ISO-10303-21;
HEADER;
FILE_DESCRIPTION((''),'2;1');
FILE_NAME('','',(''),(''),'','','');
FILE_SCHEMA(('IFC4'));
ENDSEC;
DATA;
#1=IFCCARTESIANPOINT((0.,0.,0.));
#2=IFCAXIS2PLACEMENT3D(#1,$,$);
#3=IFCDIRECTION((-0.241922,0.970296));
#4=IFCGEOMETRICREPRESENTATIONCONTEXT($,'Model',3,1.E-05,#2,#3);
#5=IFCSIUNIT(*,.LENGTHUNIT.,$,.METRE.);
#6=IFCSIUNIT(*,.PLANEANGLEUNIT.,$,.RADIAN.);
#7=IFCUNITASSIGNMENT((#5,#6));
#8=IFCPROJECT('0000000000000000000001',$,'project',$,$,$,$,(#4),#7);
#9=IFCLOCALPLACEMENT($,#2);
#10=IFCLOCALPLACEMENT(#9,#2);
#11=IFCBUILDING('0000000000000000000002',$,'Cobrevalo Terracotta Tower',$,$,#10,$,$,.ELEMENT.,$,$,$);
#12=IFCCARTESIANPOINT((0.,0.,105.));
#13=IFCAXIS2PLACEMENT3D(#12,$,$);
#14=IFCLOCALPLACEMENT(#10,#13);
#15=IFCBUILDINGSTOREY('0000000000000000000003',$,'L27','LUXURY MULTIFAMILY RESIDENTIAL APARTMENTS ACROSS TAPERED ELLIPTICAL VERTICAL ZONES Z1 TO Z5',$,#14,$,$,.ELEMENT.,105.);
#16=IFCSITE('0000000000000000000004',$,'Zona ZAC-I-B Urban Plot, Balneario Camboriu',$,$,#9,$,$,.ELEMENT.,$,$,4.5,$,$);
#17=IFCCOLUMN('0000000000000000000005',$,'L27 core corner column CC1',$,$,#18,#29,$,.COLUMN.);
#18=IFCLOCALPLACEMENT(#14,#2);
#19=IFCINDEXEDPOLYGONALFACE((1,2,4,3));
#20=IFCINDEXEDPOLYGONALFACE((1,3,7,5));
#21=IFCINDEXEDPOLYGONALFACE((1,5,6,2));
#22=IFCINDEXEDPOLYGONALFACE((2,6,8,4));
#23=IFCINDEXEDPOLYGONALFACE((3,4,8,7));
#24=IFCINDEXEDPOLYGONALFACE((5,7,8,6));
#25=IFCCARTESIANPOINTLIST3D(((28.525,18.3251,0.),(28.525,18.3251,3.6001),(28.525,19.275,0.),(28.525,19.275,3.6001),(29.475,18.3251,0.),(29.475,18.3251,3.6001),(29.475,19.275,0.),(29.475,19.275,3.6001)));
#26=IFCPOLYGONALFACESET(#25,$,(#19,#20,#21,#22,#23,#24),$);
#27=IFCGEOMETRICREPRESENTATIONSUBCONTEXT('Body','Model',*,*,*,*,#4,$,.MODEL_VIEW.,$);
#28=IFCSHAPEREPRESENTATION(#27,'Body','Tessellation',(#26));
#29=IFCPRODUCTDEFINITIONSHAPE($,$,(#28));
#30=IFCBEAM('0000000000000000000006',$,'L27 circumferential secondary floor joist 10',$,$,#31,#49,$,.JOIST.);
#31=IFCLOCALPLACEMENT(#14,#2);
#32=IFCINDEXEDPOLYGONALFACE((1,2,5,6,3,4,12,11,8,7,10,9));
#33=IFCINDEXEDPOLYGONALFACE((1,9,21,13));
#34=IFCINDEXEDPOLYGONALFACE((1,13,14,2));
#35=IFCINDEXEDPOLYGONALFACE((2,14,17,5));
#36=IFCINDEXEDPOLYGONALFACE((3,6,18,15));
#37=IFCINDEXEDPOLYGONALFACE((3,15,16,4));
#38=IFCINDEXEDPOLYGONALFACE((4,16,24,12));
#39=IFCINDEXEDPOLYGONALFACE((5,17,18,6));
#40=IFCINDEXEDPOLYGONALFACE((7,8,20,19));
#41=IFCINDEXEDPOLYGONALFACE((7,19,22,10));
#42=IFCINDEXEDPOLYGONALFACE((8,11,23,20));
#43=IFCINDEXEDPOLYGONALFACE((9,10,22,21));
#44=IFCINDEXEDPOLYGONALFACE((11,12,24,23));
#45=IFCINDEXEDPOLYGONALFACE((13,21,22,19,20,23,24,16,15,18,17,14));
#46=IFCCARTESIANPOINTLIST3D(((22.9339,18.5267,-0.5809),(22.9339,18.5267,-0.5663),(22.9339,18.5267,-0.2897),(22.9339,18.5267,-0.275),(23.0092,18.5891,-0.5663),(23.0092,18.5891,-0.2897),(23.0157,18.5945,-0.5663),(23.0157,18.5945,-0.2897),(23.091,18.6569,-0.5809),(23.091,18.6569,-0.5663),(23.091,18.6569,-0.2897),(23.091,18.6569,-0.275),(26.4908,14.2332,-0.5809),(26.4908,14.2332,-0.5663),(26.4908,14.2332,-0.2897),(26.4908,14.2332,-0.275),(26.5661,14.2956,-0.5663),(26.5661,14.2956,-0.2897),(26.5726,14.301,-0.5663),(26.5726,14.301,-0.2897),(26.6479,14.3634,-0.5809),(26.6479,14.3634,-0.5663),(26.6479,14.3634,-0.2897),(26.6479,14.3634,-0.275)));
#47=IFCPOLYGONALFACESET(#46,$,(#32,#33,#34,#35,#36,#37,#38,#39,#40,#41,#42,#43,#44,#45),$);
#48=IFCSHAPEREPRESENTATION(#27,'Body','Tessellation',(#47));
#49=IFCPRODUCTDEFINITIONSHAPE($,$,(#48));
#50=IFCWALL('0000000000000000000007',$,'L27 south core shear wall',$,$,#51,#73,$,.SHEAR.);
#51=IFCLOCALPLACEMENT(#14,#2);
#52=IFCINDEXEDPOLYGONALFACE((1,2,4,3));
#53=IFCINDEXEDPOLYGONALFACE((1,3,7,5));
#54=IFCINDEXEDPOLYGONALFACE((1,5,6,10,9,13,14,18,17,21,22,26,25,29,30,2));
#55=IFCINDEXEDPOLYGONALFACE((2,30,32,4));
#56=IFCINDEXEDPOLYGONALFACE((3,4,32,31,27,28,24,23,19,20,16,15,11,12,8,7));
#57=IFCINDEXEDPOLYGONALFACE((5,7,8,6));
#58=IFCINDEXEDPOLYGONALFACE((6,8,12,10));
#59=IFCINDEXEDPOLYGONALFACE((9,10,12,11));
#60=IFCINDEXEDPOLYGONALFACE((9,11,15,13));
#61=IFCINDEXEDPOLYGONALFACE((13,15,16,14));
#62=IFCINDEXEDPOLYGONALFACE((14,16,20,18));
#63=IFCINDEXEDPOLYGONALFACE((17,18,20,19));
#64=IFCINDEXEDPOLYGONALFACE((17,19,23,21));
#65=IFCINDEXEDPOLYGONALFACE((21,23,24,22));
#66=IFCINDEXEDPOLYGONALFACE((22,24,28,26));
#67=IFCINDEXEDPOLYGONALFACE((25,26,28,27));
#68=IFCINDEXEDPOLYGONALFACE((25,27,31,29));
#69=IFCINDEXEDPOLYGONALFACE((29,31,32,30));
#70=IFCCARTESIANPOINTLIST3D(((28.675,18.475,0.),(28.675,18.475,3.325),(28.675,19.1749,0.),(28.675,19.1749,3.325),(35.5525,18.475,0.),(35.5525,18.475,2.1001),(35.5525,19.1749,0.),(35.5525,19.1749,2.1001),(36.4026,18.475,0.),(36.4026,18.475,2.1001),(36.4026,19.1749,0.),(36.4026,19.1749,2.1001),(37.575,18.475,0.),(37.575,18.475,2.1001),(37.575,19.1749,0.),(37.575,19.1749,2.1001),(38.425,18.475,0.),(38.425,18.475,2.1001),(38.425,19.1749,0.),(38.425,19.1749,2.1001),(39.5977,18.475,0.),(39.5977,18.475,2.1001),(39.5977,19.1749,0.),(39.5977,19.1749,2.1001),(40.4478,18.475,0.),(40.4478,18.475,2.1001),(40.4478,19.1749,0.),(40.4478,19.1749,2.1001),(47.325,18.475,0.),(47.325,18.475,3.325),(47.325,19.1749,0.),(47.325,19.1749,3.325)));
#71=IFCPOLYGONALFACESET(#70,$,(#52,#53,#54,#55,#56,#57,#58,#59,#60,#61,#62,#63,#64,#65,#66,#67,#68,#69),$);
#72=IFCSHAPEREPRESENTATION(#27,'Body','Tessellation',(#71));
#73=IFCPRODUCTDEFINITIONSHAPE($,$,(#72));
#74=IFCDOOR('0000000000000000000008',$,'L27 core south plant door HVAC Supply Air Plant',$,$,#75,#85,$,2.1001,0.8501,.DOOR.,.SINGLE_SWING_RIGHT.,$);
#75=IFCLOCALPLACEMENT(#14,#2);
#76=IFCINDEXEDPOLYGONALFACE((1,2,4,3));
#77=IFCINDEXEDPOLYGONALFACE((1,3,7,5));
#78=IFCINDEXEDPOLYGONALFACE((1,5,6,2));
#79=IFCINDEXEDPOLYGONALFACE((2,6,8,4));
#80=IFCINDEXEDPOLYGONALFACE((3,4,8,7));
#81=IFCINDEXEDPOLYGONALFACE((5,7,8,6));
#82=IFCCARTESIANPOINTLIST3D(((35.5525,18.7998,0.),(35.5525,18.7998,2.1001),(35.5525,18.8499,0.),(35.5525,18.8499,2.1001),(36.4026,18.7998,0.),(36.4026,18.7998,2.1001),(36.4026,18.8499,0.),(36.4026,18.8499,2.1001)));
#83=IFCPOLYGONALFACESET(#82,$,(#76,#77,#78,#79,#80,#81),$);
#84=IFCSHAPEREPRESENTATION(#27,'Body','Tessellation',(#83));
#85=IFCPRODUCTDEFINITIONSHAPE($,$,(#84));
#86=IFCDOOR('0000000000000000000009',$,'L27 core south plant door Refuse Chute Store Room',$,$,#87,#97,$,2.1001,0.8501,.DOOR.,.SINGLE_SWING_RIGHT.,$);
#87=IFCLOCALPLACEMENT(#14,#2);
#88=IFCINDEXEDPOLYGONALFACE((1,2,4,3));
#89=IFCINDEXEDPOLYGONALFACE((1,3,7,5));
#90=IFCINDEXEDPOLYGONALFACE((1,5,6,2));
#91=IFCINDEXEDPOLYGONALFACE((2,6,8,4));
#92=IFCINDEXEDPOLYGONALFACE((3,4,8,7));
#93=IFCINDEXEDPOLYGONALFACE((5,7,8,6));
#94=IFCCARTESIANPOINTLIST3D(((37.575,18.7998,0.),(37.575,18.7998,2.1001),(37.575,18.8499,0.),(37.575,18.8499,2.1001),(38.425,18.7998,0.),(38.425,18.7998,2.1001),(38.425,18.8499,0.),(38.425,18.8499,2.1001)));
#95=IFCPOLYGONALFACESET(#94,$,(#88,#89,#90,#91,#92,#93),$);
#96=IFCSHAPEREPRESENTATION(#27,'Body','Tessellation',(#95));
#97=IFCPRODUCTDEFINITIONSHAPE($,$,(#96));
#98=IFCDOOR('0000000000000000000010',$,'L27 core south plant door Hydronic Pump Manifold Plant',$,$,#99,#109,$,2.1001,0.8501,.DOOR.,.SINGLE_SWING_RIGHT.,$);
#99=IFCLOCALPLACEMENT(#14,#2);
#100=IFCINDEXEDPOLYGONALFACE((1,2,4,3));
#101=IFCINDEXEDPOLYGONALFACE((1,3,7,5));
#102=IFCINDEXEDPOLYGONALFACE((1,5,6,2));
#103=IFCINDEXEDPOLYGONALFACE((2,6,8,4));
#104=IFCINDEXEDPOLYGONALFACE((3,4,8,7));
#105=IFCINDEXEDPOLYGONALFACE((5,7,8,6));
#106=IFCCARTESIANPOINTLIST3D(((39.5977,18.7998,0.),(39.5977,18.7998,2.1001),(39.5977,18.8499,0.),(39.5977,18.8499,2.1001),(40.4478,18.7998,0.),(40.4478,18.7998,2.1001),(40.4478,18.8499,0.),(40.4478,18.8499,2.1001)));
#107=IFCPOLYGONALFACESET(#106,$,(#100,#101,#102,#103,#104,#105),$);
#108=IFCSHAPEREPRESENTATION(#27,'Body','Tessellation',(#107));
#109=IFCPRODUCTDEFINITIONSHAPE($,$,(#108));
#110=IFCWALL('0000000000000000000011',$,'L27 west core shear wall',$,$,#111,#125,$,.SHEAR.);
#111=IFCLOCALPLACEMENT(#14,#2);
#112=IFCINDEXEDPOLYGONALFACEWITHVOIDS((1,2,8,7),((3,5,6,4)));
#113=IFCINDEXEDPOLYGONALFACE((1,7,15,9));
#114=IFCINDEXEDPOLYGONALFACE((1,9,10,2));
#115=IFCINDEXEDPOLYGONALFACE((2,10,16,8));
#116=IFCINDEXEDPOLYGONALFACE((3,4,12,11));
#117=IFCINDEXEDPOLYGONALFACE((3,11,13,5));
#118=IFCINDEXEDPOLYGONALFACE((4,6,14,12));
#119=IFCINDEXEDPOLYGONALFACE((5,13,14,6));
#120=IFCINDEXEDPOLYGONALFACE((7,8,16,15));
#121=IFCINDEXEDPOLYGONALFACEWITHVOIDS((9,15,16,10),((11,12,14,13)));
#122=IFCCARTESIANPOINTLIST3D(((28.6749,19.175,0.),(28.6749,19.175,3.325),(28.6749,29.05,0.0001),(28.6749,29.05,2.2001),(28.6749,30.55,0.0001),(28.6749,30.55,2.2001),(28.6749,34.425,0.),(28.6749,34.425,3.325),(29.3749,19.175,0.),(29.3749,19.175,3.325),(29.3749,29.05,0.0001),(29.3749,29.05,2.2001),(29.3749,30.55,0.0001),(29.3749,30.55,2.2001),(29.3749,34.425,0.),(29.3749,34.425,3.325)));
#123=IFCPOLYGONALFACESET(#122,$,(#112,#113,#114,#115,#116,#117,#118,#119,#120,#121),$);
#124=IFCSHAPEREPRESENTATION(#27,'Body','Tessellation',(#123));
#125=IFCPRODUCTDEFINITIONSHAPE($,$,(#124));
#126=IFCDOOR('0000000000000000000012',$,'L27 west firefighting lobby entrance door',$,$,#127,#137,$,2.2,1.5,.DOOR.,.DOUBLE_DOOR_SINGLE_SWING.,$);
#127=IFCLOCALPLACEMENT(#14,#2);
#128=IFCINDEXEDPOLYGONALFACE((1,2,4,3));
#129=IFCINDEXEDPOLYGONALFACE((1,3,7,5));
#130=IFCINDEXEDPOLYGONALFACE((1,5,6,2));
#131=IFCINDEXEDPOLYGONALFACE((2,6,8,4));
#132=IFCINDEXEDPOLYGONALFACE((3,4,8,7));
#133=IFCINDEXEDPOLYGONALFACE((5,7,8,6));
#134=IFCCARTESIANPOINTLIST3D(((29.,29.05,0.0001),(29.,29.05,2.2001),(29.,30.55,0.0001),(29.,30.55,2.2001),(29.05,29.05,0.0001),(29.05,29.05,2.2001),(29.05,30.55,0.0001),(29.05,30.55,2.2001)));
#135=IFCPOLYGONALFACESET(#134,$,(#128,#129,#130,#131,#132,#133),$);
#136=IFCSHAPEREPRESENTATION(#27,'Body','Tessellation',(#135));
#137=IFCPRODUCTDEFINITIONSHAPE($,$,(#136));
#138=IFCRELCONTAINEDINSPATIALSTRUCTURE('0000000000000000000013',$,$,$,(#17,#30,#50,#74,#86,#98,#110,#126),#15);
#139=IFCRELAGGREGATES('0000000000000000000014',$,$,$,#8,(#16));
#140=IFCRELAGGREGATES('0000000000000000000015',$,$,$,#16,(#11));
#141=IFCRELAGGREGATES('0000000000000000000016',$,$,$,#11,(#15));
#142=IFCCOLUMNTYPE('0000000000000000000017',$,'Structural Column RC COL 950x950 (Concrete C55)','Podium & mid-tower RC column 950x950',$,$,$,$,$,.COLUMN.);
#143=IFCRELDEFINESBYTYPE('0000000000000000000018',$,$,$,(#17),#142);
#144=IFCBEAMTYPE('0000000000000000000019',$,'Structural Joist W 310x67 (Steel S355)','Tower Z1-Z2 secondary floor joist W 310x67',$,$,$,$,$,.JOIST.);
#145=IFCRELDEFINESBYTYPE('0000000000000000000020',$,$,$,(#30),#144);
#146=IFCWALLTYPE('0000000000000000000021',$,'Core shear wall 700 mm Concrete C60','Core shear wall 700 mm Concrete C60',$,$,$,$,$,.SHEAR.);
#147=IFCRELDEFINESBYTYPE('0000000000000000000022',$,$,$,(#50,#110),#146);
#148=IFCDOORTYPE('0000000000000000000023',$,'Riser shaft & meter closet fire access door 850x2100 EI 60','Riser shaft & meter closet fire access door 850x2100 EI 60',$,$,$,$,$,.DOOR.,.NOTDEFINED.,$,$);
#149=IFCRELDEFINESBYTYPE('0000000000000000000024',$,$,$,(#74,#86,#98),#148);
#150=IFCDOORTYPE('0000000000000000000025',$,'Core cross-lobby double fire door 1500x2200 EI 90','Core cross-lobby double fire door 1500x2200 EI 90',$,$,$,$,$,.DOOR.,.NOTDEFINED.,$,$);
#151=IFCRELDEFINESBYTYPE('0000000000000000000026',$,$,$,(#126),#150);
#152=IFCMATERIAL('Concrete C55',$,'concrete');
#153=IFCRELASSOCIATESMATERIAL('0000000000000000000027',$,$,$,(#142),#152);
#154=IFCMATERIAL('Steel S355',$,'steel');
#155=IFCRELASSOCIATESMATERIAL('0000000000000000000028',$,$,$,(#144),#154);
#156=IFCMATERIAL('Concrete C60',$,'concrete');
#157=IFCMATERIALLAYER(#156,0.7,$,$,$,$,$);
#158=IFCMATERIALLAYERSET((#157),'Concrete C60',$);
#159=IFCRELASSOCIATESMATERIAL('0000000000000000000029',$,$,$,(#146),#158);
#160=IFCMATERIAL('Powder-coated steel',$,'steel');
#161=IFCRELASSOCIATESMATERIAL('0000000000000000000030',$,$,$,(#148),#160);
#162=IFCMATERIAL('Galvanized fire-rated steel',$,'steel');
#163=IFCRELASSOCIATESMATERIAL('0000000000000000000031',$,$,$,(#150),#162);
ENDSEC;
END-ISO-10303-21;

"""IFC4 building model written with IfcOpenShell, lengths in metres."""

from ifc_helpers import new_model, si_unit, direction, frame, frame_2d, origin, origin_2d, place, context, subcontext, project, spatial, rectangle, i_section, extrude, source, transform, mapped, material, layer, layer_set, material_profile, profile_set, type_object, element, fill, save


model = new_model("IFC4")

# Units and contexts
model_context = context("Model", 3, precision=1e-05, world=origin(), true_north=direction((-0.241922, 0.970296)))
body_context = subcontext(model_context, "Body", "Model", "MODEL_VIEW")
ifc_project = project(units=[si_unit("LENGTHUNIT", "METRE"), si_unit("PLANEANGLEUNIT", "RADIAN")], contexts=[model_context])

# Site, building, storey
site_placement = place(None, origin())
site = spatial("IfcSite", under=ifc_project, at=site_placement, Name="Zona ZAC-I-B Urban Plot, Balneario Camboriu", CompositionType="ELEMENT", RefElevation=4.5)
building_placement = place(site_placement, origin())
building = spatial("IfcBuilding", under=site, at=building_placement, Name="Cobrevalo Terracotta Tower", CompositionType="ELEMENT")
storey_placement = place(building_placement, frame((0.0, 0.0, 105.0)))
storey = spatial("IfcBuildingStorey", under=building, at=storey_placement, Name="L27", Description="LUXURY MULTIFAMILY RESIDENTIAL APARTMENTS ACROSS TAPERED ELLIPTICAL VERTICAL ZONES Z1 TO Z5", CompositionType="ELEMENT", Elevation=105.0)

# Column
ifc_material_1 = material(Name="Concrete C55", Category="concrete")
ifc_material_profile_1 = material_profile(ifc_material_1, rectangle(XDim=0.95, YDim=0.95, at=origin_2d()), Name="RC COL 950x950")
ifc_profile_set_1 = profile_set([ifc_material_profile_1], Name="Concrete C55")
column_type = type_object("IfcColumnType", Name="Structural Column RC COL 950x950 (Concrete C55)", Description="Podium & mid-tower RC column 950x950", PredefinedType="COLUMN", material=ifc_profile_set_1)
column_placement = place(storey_placement, frame((29.0, 18.8, 0.0), z_axis=(0.0, 0.0, 1.0), x_axis=(1.0, 0.0, 0.0)))
element("IfcColumn", 1, at=column_placement, inside=storey, type_object=column_type, Name="L27 core corner column CC1", PredefinedType="COLUMN", context=body_context, shape_type="SweptSolid", body=[
    extrude(rectangle(XDim=0.95, YDim=0.95, at=origin_2d()), origin(), (0.0, 0.0, 1.0), 3.6001),
])

# Beam
ifc_material_2 = material(Name="Steel S355", Category="steel")
ifc_material_profile_2 = material_profile(ifc_material_2, i_section(OverallWidth=0.2041, OverallDepth=0.3059, WebThickness=0.0085, FlangeThickness=0.0146, at=origin_2d()), Name="W 310x67")
ifc_profile_set_2 = profile_set([ifc_material_profile_2], Name="Steel S355")
beam_type = type_object("IfcBeamType", Name="Structural Joist W 310x67 (Steel S355)", Description="Tower Z1-Z2 secondary floor joist W 310x67", PredefinedType="JOIST", material=ifc_profile_set_2)
beam_placement = place(storey_placement, frame((23.0125, 18.5918, -0.428), z_axis=(0.637959, -0.77007, 0.0), x_axis=(0.77007, 0.637959, 0.0)))
element("IfcBeam", 2, at=beam_placement, inside=storey, type_object=beam_type, Name="L27 circumferential secondary floor joist 10", PredefinedType="JOIST", context=body_context, shape_type="SweptSolid", body=[
    extrude(i_section(OverallWidth=0.2041, OverallDepth=0.3059, WebThickness=0.0085, FlangeThickness=0.0146, at=origin_2d()), origin(), (0.0, 0.0, 1.0), 5.5754),
])

# Wall, openings, doors
ifc_material_3 = material(Name="Concrete C60", Category="concrete")
ifc_layer_1 = layer(ifc_material_3, 0.7)
ifc_layer_set_1 = layer_set([ifc_layer_1], Name="Concrete C60")
wall_type_1 = type_object("IfcWallType", Name="Core shear wall 700 mm Concrete C60", Description="Core shear wall 700 mm Concrete C60", PredefinedType="SHEAR", material=ifc_layer_set_1)
wall_1_placement = place(storey_placement, frame((28.675, 18.825, 0.0), z_axis=(0.0, 0.0, 1.0), x_axis=(1.0, 0.0, 0.0)))
wall_1 = element("IfcWall", 3, at=wall_1_placement, inside=storey, type_object=wall_type_1, Name="L27 south core shear wall", PredefinedType="SHEAR", context=body_context, shape_type="SweptSolid", body=[
    extrude(rectangle(XDim=18.6499, YDim=0.7, at=frame_2d((9.325, 0.0))), origin(), (0.0, 0.0, 1.0), 3.325),
])
opening_1_placement = place(wall_1_placement, frame((6.8774, 0.0, 0.0)))
opening_1 = element("IfcOpeningElement", 4, at=opening_1_placement, cuts=wall_1, PredefinedType="OPENING", context=body_context, shape_type="SweptSolid", body=[
    extrude(rectangle(XDim=0.8501, YDim=2.1001, at=frame_2d((0.425, 1.05))), frame((0.0, 0.3599, 0.0), z_axis=(0.0, -1.0, 0.0), x_axis=(1.0, 0.0, 0.0)), (0.0, 0.0, 1.0), 0.72),
])
opening_2_placement = place(wall_1_placement, frame((8.8999, 0.0, 0.0)))
opening_2 = element("IfcOpeningElement", 5, at=opening_2_placement, cuts=wall_1, PredefinedType="OPENING", context=body_context, shape_type="SweptSolid", body=[
    extrude(rectangle(XDim=0.8501, YDim=2.1001, at=frame_2d((0.425, 1.05))), frame((0.0, 0.3599, 0.0), z_axis=(0.0, -1.0, 0.0), x_axis=(1.0, 0.0, 0.0)), (0.0, 0.0, 1.0), 0.72),
])
opening_3_placement = place(wall_1_placement, frame((10.9226, 0.0, 0.0)))
opening_3 = element("IfcOpeningElement", 6, at=opening_3_placement, cuts=wall_1, PredefinedType="OPENING", context=body_context, shape_type="SweptSolid", body=[
    extrude(rectangle(XDim=0.8501, YDim=2.1001, at=frame_2d((0.425, 1.05))), frame((0.0, 0.3599, 0.0), z_axis=(0.0, -1.0, 0.0), x_axis=(1.0, 0.0, 0.0)), (0.0, 0.0, 1.0), 0.72),
])
ifc_material_4 = material(Name="Powder-coated steel", Category="steel")
door_type_1 = type_object("IfcDoorType", Name="Riser shaft & meter closet fire access door 850x2100 EI 60", Description="Riser shaft & meter closet fire access door 850x2100 EI 60", OperationType="NOTDEFINED", PredefinedType="DOOR", material=ifc_material_4)
shared_shape_1 = source(origin(), body_context, "Body", "SweptSolid", [
    extrude(rectangle(XDim=0.8501, YDim=2.1001, at=frame_2d((0.425, 1.05))), frame((0.0, 0.0249, 0.0), z_axis=(0.0, -1.0, 0.0), x_axis=(1.0, 0.0, 0.0)), (0.0, 0.0, 1.0), 0.05),
])
door_1_placement = place(opening_1_placement, origin())
door_1 = element("IfcDoor", 7, at=door_1_placement, inside=storey, type_object=door_type_1, Name="L27 core south plant door HVAC Supply Air Plant", OperationType="SINGLE_SWING_RIGHT", OverallHeight=2.1001, OverallWidth=0.8501, PredefinedType="DOOR", context=body_context, shape_type="MappedRepresentation", body=[
    mapped(shared_shape_1, transform((0.0, 0.0, 0.0), scale=1.0)),
])
fill(opening_1, door_1)
door_2_placement = place(opening_2_placement, origin())
door_2 = element("IfcDoor", 8, at=door_2_placement, inside=storey, type_object=door_type_1, Name="L27 core south plant door Refuse Chute Store Room", OperationType="SINGLE_SWING_RIGHT", OverallHeight=2.1001, OverallWidth=0.8501, PredefinedType="DOOR", context=body_context, shape_type="MappedRepresentation", body=[
    mapped(shared_shape_1, transform((0.0, 0.0, 0.0), scale=1.0)),
])
fill(opening_2, door_2)
door_3_placement = place(opening_3_placement, origin())
door_3 = element("IfcDoor", 9, at=door_3_placement, inside=storey, type_object=door_type_1, Name="L27 core south plant door Hydronic Pump Manifold Plant", OperationType="SINGLE_SWING_RIGHT", OverallHeight=2.1001, OverallWidth=0.8501, PredefinedType="DOOR", context=body_context, shape_type="MappedRepresentation", body=[
    mapped(shared_shape_1, transform((0.0, 0.0, 0.0), scale=1.0)),
])
fill(opening_3, door_3)

# Wall, opening, door
wall_2_placement = place(storey_placement, frame((29.0249, 19.175, 0.0), z_axis=(0.0, 0.0, 1.0), x_axis=(0.0, 1.0, 0.0)))
wall_2 = element("IfcWall", 10, at=wall_2_placement, inside=storey, type_object=wall_type_1, Name="L27 west core shear wall", PredefinedType="SHEAR", context=body_context, shape_type="SweptSolid", body=[
    extrude(rectangle(XDim=15.25, YDim=0.7, at=frame_2d((7.625, 0.0))), origin(), (0.0, 0.0, 1.0), 3.325),
])
opening_4_placement = place(wall_2_placement, frame((9.875, 0.0, 0.0)))
opening_4 = element("IfcOpeningElement", 11, at=opening_4_placement, cuts=wall_2, PredefinedType="OPENING", context=body_context, shape_type="SweptSolid", body=[
    extrude(rectangle(XDim=1.5, YDim=2.2, at=frame_2d((0.75, 1.1001))), frame((0.0, 0.3599, 0.0), z_axis=(0.0, -1.0, 0.0), x_axis=(1.0, 0.0, 0.0)), (0.0, 0.0, 1.0), 0.72),
])
ifc_material_5 = material(Name="Galvanized fire-rated steel", Category="steel")
door_type_2 = type_object("IfcDoorType", Name="Core cross-lobby double fire door 1500x2200 EI 90", Description="Core cross-lobby double fire door 1500x2200 EI 90", OperationType="NOTDEFINED", PredefinedType="DOOR", material=ifc_material_5)
shared_shape_2 = source(origin(), body_context, "Body", "SweptSolid", [
    extrude(rectangle(XDim=1.5, YDim=2.2, at=frame_2d((0.75, 1.1001))), frame((0.0, 0.0249, 0.0), z_axis=(0.0, -1.0, 0.0), x_axis=(1.0, 0.0, 0.0)), (0.0, 0.0, 1.0), 0.05),
])
door_4_placement = place(opening_4_placement, origin())
door_4 = element("IfcDoor", 12, at=door_4_placement, inside=storey, type_object=door_type_2, Name="L27 west firefighting lobby entrance door", OperationType="DOUBLE_DOOR_SINGLE_SWING", OverallHeight=2.2, OverallWidth=1.5, PredefinedType="DOOR", context=body_context, shape_type="MappedRepresentation", body=[
    mapped(shared_shape_2, transform((0.0, 0.0, 0.0), scale=1.0)),
])
fill(opening_4, door_4)

save(model, "model.ifc")
